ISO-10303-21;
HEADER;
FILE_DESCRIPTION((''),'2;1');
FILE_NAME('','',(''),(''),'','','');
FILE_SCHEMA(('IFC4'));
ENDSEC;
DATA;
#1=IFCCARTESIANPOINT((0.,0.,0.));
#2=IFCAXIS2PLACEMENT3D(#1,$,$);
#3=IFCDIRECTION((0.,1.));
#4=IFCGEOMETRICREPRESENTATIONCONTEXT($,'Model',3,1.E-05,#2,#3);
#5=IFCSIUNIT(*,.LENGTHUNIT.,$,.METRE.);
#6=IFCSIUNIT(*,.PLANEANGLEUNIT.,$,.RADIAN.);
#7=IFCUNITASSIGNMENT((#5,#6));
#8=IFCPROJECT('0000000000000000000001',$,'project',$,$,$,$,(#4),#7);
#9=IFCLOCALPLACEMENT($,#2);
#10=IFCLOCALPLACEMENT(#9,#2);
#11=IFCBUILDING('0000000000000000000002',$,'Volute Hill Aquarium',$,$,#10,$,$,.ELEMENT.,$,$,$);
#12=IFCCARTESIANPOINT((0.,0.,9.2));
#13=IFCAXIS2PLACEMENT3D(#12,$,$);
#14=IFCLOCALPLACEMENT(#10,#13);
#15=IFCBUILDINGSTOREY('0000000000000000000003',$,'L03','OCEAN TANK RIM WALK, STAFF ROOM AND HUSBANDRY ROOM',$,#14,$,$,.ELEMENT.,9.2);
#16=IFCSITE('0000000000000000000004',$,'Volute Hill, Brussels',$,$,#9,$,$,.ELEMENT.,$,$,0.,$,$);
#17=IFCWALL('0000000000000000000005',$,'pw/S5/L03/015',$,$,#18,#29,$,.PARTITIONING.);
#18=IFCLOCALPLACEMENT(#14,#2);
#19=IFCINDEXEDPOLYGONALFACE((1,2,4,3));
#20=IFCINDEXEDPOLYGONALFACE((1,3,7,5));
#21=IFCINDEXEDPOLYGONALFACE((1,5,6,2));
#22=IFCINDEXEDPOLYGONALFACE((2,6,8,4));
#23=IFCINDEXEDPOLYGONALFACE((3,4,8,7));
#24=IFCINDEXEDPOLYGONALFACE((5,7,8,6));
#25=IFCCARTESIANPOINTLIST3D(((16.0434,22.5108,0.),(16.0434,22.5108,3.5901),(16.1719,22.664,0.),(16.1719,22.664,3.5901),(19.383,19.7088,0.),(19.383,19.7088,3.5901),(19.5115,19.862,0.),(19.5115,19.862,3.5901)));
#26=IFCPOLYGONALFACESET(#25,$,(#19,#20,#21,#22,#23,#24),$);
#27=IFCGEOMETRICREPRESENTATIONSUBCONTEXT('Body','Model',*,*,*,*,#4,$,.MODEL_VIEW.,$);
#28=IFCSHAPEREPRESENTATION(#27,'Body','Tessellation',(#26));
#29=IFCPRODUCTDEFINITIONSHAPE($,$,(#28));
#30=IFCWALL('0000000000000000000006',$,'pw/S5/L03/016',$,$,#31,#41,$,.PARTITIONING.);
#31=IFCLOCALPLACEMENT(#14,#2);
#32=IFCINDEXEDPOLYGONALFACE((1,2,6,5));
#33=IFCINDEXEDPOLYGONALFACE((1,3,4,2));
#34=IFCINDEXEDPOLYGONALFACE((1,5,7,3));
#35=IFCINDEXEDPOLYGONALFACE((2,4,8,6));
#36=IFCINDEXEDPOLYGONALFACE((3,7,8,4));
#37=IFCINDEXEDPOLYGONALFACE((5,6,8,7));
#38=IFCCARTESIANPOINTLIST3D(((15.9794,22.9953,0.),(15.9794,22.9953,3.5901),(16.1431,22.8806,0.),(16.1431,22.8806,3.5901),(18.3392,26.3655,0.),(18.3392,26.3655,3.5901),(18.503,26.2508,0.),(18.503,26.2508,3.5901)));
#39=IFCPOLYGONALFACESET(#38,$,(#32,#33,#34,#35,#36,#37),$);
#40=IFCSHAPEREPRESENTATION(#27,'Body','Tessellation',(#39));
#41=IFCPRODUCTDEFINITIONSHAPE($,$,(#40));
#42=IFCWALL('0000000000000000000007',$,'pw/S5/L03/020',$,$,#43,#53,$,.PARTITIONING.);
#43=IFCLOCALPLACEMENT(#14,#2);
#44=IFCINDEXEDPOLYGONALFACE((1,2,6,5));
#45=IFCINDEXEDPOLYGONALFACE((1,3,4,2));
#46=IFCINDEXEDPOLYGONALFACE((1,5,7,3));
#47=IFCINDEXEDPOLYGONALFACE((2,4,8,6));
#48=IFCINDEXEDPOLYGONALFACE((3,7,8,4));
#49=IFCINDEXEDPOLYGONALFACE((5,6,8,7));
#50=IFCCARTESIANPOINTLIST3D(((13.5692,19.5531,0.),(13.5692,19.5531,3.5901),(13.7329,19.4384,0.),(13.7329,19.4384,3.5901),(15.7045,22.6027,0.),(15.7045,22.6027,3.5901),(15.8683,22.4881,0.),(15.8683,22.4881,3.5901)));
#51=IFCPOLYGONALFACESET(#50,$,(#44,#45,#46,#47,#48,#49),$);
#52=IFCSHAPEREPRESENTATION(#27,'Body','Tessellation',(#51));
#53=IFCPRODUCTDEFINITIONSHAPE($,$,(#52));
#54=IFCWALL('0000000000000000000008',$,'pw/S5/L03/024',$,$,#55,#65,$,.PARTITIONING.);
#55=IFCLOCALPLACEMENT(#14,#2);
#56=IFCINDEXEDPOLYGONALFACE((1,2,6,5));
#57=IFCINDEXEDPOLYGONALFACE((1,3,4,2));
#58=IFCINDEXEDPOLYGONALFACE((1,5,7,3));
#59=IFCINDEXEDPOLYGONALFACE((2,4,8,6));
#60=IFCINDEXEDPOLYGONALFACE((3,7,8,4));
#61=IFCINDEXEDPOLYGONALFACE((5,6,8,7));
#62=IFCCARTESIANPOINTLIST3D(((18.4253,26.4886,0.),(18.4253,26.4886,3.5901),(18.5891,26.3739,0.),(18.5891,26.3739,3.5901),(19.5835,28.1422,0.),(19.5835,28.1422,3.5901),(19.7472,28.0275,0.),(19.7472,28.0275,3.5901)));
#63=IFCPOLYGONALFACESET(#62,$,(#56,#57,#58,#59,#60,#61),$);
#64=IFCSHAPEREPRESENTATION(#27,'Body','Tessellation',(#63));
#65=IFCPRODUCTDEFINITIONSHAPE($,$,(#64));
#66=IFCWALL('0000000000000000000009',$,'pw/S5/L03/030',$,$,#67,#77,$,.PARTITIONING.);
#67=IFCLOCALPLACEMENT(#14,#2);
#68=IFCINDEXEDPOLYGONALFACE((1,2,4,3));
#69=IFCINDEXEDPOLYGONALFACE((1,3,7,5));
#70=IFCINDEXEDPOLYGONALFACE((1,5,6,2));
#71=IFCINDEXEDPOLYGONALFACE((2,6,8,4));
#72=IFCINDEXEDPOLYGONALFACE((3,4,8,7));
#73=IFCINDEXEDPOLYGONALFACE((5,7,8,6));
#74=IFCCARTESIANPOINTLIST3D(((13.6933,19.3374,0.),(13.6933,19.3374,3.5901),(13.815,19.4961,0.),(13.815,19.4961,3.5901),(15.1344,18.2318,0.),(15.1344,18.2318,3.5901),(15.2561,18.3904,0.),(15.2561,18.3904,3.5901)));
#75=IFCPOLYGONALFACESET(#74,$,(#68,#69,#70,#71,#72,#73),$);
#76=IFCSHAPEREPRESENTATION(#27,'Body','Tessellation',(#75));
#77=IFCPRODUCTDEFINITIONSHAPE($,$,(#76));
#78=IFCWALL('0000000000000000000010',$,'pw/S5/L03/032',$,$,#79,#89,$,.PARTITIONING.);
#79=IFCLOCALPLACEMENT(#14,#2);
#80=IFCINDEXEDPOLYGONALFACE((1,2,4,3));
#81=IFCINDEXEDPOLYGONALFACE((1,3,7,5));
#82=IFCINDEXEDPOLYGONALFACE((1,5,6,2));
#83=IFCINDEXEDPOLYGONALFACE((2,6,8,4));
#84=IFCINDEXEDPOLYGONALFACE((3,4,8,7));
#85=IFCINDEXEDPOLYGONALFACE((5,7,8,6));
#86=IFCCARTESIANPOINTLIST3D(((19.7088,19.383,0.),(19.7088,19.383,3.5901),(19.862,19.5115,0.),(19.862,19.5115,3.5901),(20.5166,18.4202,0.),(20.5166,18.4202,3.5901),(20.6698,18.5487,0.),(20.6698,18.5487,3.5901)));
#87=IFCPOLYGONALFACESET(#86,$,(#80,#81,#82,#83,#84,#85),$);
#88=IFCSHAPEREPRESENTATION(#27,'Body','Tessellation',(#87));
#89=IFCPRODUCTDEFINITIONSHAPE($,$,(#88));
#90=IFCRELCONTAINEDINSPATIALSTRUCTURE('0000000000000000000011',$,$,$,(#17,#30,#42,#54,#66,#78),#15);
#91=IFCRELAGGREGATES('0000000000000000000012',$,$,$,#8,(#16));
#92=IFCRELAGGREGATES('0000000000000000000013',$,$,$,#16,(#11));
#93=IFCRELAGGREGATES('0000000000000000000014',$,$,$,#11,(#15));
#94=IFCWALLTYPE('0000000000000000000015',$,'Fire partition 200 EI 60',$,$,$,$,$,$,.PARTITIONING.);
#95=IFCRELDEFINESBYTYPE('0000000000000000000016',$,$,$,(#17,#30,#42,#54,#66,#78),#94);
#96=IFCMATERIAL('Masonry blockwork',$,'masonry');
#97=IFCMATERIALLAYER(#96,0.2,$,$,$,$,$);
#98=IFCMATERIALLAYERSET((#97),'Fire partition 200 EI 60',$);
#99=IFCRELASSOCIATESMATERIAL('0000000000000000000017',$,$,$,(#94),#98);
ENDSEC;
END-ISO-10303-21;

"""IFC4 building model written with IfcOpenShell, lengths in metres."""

from ifc_helpers import new_model, si_unit, direction, frame, frame_2d, origin, place, context, subcontext, project, spatial, rectangle, extrude, material, layer, layer_set, type_object, element, save


model = new_model("IFC4")

# Units and contexts
model_context = context("Model", 3, precision=1e-05, world=origin(), true_north=direction((0.0, 1.0)))
body_context = subcontext(model_context, "Body", "Model", "MODEL_VIEW")
ifc_project = project(units=[si_unit("LENGTHUNIT", "METRE"), si_unit("PLANEANGLEUNIT", "RADIAN")], contexts=[model_context])

# Site, building, storey
site_placement = place(None, origin())
site = spatial("IfcSite", under=ifc_project, at=site_placement, Name="Volute Hill, Brussels", CompositionType="ELEMENT", RefElevation=0.0)
building_placement = place(site_placement, origin())
building = spatial("IfcBuilding", under=site, at=building_placement, Name="Volute Hill Aquarium", CompositionType="ELEMENT")
storey_placement = place(building_placement, frame((0.0, 0.0, 9.2)))
storey = spatial("IfcBuildingStorey", under=building, at=storey_placement, Name="L03", Description="OCEAN TANK RIM WALK, STAFF ROOM AND HUSBANDRY ROOM", CompositionType="ELEMENT", Elevation=9.2)

# Walls
ifc_material_1 = material(Name="Masonry blockwork", Category="masonry")
ifc_layer_1 = layer(ifc_material_1, 0.2)
ifc_layer_set_1 = layer_set([ifc_layer_1], Name="Fire partition 200 EI 60")
wall_type_1 = type_object("IfcWallType", Name="Fire partition 200 EI 60", PredefinedType="PARTITIONING", material=ifc_layer_set_1)
wall_1_placement = place(storey_placement, frame((16.1077, 22.5874, 0.0), z_axis=(0.0, 0.0, 1.0), x_axis=(0.766073, -0.642753, 0.0)))
element("IfcWall", 1, at=wall_1_placement, inside=storey, type_object=wall_type_1, Name="pw/S5/L03/015", PredefinedType="PARTITIONING", context=body_context, shape_type="SweptSolid", body=[
    extrude(rectangle(XDim=4.3594, YDim=0.2, at=frame_2d((2.1797, 0.0))), origin(), (0.0, 0.0, 1.0), 3.5901),
])
wall_2_placement = place(storey_placement, frame((18.4211, 26.3081, 0.0), z_axis=(0.0, 0.0, 1.0), x_axis=(-0.57359, -0.819143, 0.0)))
element("IfcWall", 2, at=wall_2_placement, inside=storey, type_object=wall_type_1, Name="pw/S5/L03/016", PredefinedType="PARTITIONING", context=body_context, shape_type="SweptSolid", body=[
    extrude(rectangle(XDim=4.1143, YDim=0.2, at=frame_2d((2.0571, 0.0))), origin(), (0.0, 0.0, 1.0), 3.5901),
])
wall_3_placement = place(storey_placement, frame((13.6511, 19.4958, 0.0), z_axis=(0.0, 0.0, 1.0), x_axis=(0.573564, 0.819161, 0.0)))
element("IfcWall", 3, at=wall_3_placement, inside=storey, type_object=wall_type_1, Name="pw/S5/L03/020", PredefinedType="PARTITIONING", context=body_context, shape_type="SweptSolid", body=[
    extrude(rectangle(XDim=3.7229, YDim=0.2, at=frame_2d((1.8613, 0.0))), origin(), (0.0, 0.0, 1.0), 3.5901),
])
wall_4_placement = place(storey_placement, frame((19.6653, 28.0847, 0.0), z_axis=(0.0, 0.0, 1.0), x_axis=(-0.573698, -0.819067, 0.0)))
element("IfcWall", 4, at=wall_4_placement, inside=storey, type_object=wall_type_1, Name="pw/S5/L03/024", PredefinedType="PARTITIONING", context=body_context, shape_type="SweptSolid", body=[
    extrude(rectangle(XDim=2.0188, YDim=0.2, at=frame_2d((1.0093, 0.0))), origin(), (0.0, 0.0, 1.0), 3.5901),
])
wall_5_placement = place(storey_placement, frame((13.7542, 19.4167, 0.0), z_axis=(0.0, 0.0, 1.0), x_axis=(0.793388, -0.608716, 0.0)))
element("IfcWall", 5, at=wall_5_placement, inside=storey, type_object=wall_type_1, Name="pw/S5/L03/030", PredefinedType="PARTITIONING", context=body_context, shape_type="SweptSolid", body=[
    extrude(rectangle(XDim=1.8164, YDim=0.2, at=frame_2d((0.9082, 0.0))), origin(), (0.0, 0.0, 1.0), 3.5901),
])
wall_6_placement = place(storey_placement, frame((19.7854, 19.4473, 0.0), z_axis=(0.0, 0.0, 1.0), x_axis=(0.642741, -0.766084, 0.0)))
element("IfcWall", 6, at=wall_6_placement, inside=storey, type_object=wall_type_1, Name="pw/S5/L03/032", PredefinedType="PARTITIONING", context=body_context, shape_type="SweptSolid", body=[
    extrude(rectangle(XDim=1.2568, YDim=0.2, at=frame_2d((0.6284, 0.0))), origin(), (0.0, 0.0, 1.0), 3.5901),
])

save(model, "model.ifc")
